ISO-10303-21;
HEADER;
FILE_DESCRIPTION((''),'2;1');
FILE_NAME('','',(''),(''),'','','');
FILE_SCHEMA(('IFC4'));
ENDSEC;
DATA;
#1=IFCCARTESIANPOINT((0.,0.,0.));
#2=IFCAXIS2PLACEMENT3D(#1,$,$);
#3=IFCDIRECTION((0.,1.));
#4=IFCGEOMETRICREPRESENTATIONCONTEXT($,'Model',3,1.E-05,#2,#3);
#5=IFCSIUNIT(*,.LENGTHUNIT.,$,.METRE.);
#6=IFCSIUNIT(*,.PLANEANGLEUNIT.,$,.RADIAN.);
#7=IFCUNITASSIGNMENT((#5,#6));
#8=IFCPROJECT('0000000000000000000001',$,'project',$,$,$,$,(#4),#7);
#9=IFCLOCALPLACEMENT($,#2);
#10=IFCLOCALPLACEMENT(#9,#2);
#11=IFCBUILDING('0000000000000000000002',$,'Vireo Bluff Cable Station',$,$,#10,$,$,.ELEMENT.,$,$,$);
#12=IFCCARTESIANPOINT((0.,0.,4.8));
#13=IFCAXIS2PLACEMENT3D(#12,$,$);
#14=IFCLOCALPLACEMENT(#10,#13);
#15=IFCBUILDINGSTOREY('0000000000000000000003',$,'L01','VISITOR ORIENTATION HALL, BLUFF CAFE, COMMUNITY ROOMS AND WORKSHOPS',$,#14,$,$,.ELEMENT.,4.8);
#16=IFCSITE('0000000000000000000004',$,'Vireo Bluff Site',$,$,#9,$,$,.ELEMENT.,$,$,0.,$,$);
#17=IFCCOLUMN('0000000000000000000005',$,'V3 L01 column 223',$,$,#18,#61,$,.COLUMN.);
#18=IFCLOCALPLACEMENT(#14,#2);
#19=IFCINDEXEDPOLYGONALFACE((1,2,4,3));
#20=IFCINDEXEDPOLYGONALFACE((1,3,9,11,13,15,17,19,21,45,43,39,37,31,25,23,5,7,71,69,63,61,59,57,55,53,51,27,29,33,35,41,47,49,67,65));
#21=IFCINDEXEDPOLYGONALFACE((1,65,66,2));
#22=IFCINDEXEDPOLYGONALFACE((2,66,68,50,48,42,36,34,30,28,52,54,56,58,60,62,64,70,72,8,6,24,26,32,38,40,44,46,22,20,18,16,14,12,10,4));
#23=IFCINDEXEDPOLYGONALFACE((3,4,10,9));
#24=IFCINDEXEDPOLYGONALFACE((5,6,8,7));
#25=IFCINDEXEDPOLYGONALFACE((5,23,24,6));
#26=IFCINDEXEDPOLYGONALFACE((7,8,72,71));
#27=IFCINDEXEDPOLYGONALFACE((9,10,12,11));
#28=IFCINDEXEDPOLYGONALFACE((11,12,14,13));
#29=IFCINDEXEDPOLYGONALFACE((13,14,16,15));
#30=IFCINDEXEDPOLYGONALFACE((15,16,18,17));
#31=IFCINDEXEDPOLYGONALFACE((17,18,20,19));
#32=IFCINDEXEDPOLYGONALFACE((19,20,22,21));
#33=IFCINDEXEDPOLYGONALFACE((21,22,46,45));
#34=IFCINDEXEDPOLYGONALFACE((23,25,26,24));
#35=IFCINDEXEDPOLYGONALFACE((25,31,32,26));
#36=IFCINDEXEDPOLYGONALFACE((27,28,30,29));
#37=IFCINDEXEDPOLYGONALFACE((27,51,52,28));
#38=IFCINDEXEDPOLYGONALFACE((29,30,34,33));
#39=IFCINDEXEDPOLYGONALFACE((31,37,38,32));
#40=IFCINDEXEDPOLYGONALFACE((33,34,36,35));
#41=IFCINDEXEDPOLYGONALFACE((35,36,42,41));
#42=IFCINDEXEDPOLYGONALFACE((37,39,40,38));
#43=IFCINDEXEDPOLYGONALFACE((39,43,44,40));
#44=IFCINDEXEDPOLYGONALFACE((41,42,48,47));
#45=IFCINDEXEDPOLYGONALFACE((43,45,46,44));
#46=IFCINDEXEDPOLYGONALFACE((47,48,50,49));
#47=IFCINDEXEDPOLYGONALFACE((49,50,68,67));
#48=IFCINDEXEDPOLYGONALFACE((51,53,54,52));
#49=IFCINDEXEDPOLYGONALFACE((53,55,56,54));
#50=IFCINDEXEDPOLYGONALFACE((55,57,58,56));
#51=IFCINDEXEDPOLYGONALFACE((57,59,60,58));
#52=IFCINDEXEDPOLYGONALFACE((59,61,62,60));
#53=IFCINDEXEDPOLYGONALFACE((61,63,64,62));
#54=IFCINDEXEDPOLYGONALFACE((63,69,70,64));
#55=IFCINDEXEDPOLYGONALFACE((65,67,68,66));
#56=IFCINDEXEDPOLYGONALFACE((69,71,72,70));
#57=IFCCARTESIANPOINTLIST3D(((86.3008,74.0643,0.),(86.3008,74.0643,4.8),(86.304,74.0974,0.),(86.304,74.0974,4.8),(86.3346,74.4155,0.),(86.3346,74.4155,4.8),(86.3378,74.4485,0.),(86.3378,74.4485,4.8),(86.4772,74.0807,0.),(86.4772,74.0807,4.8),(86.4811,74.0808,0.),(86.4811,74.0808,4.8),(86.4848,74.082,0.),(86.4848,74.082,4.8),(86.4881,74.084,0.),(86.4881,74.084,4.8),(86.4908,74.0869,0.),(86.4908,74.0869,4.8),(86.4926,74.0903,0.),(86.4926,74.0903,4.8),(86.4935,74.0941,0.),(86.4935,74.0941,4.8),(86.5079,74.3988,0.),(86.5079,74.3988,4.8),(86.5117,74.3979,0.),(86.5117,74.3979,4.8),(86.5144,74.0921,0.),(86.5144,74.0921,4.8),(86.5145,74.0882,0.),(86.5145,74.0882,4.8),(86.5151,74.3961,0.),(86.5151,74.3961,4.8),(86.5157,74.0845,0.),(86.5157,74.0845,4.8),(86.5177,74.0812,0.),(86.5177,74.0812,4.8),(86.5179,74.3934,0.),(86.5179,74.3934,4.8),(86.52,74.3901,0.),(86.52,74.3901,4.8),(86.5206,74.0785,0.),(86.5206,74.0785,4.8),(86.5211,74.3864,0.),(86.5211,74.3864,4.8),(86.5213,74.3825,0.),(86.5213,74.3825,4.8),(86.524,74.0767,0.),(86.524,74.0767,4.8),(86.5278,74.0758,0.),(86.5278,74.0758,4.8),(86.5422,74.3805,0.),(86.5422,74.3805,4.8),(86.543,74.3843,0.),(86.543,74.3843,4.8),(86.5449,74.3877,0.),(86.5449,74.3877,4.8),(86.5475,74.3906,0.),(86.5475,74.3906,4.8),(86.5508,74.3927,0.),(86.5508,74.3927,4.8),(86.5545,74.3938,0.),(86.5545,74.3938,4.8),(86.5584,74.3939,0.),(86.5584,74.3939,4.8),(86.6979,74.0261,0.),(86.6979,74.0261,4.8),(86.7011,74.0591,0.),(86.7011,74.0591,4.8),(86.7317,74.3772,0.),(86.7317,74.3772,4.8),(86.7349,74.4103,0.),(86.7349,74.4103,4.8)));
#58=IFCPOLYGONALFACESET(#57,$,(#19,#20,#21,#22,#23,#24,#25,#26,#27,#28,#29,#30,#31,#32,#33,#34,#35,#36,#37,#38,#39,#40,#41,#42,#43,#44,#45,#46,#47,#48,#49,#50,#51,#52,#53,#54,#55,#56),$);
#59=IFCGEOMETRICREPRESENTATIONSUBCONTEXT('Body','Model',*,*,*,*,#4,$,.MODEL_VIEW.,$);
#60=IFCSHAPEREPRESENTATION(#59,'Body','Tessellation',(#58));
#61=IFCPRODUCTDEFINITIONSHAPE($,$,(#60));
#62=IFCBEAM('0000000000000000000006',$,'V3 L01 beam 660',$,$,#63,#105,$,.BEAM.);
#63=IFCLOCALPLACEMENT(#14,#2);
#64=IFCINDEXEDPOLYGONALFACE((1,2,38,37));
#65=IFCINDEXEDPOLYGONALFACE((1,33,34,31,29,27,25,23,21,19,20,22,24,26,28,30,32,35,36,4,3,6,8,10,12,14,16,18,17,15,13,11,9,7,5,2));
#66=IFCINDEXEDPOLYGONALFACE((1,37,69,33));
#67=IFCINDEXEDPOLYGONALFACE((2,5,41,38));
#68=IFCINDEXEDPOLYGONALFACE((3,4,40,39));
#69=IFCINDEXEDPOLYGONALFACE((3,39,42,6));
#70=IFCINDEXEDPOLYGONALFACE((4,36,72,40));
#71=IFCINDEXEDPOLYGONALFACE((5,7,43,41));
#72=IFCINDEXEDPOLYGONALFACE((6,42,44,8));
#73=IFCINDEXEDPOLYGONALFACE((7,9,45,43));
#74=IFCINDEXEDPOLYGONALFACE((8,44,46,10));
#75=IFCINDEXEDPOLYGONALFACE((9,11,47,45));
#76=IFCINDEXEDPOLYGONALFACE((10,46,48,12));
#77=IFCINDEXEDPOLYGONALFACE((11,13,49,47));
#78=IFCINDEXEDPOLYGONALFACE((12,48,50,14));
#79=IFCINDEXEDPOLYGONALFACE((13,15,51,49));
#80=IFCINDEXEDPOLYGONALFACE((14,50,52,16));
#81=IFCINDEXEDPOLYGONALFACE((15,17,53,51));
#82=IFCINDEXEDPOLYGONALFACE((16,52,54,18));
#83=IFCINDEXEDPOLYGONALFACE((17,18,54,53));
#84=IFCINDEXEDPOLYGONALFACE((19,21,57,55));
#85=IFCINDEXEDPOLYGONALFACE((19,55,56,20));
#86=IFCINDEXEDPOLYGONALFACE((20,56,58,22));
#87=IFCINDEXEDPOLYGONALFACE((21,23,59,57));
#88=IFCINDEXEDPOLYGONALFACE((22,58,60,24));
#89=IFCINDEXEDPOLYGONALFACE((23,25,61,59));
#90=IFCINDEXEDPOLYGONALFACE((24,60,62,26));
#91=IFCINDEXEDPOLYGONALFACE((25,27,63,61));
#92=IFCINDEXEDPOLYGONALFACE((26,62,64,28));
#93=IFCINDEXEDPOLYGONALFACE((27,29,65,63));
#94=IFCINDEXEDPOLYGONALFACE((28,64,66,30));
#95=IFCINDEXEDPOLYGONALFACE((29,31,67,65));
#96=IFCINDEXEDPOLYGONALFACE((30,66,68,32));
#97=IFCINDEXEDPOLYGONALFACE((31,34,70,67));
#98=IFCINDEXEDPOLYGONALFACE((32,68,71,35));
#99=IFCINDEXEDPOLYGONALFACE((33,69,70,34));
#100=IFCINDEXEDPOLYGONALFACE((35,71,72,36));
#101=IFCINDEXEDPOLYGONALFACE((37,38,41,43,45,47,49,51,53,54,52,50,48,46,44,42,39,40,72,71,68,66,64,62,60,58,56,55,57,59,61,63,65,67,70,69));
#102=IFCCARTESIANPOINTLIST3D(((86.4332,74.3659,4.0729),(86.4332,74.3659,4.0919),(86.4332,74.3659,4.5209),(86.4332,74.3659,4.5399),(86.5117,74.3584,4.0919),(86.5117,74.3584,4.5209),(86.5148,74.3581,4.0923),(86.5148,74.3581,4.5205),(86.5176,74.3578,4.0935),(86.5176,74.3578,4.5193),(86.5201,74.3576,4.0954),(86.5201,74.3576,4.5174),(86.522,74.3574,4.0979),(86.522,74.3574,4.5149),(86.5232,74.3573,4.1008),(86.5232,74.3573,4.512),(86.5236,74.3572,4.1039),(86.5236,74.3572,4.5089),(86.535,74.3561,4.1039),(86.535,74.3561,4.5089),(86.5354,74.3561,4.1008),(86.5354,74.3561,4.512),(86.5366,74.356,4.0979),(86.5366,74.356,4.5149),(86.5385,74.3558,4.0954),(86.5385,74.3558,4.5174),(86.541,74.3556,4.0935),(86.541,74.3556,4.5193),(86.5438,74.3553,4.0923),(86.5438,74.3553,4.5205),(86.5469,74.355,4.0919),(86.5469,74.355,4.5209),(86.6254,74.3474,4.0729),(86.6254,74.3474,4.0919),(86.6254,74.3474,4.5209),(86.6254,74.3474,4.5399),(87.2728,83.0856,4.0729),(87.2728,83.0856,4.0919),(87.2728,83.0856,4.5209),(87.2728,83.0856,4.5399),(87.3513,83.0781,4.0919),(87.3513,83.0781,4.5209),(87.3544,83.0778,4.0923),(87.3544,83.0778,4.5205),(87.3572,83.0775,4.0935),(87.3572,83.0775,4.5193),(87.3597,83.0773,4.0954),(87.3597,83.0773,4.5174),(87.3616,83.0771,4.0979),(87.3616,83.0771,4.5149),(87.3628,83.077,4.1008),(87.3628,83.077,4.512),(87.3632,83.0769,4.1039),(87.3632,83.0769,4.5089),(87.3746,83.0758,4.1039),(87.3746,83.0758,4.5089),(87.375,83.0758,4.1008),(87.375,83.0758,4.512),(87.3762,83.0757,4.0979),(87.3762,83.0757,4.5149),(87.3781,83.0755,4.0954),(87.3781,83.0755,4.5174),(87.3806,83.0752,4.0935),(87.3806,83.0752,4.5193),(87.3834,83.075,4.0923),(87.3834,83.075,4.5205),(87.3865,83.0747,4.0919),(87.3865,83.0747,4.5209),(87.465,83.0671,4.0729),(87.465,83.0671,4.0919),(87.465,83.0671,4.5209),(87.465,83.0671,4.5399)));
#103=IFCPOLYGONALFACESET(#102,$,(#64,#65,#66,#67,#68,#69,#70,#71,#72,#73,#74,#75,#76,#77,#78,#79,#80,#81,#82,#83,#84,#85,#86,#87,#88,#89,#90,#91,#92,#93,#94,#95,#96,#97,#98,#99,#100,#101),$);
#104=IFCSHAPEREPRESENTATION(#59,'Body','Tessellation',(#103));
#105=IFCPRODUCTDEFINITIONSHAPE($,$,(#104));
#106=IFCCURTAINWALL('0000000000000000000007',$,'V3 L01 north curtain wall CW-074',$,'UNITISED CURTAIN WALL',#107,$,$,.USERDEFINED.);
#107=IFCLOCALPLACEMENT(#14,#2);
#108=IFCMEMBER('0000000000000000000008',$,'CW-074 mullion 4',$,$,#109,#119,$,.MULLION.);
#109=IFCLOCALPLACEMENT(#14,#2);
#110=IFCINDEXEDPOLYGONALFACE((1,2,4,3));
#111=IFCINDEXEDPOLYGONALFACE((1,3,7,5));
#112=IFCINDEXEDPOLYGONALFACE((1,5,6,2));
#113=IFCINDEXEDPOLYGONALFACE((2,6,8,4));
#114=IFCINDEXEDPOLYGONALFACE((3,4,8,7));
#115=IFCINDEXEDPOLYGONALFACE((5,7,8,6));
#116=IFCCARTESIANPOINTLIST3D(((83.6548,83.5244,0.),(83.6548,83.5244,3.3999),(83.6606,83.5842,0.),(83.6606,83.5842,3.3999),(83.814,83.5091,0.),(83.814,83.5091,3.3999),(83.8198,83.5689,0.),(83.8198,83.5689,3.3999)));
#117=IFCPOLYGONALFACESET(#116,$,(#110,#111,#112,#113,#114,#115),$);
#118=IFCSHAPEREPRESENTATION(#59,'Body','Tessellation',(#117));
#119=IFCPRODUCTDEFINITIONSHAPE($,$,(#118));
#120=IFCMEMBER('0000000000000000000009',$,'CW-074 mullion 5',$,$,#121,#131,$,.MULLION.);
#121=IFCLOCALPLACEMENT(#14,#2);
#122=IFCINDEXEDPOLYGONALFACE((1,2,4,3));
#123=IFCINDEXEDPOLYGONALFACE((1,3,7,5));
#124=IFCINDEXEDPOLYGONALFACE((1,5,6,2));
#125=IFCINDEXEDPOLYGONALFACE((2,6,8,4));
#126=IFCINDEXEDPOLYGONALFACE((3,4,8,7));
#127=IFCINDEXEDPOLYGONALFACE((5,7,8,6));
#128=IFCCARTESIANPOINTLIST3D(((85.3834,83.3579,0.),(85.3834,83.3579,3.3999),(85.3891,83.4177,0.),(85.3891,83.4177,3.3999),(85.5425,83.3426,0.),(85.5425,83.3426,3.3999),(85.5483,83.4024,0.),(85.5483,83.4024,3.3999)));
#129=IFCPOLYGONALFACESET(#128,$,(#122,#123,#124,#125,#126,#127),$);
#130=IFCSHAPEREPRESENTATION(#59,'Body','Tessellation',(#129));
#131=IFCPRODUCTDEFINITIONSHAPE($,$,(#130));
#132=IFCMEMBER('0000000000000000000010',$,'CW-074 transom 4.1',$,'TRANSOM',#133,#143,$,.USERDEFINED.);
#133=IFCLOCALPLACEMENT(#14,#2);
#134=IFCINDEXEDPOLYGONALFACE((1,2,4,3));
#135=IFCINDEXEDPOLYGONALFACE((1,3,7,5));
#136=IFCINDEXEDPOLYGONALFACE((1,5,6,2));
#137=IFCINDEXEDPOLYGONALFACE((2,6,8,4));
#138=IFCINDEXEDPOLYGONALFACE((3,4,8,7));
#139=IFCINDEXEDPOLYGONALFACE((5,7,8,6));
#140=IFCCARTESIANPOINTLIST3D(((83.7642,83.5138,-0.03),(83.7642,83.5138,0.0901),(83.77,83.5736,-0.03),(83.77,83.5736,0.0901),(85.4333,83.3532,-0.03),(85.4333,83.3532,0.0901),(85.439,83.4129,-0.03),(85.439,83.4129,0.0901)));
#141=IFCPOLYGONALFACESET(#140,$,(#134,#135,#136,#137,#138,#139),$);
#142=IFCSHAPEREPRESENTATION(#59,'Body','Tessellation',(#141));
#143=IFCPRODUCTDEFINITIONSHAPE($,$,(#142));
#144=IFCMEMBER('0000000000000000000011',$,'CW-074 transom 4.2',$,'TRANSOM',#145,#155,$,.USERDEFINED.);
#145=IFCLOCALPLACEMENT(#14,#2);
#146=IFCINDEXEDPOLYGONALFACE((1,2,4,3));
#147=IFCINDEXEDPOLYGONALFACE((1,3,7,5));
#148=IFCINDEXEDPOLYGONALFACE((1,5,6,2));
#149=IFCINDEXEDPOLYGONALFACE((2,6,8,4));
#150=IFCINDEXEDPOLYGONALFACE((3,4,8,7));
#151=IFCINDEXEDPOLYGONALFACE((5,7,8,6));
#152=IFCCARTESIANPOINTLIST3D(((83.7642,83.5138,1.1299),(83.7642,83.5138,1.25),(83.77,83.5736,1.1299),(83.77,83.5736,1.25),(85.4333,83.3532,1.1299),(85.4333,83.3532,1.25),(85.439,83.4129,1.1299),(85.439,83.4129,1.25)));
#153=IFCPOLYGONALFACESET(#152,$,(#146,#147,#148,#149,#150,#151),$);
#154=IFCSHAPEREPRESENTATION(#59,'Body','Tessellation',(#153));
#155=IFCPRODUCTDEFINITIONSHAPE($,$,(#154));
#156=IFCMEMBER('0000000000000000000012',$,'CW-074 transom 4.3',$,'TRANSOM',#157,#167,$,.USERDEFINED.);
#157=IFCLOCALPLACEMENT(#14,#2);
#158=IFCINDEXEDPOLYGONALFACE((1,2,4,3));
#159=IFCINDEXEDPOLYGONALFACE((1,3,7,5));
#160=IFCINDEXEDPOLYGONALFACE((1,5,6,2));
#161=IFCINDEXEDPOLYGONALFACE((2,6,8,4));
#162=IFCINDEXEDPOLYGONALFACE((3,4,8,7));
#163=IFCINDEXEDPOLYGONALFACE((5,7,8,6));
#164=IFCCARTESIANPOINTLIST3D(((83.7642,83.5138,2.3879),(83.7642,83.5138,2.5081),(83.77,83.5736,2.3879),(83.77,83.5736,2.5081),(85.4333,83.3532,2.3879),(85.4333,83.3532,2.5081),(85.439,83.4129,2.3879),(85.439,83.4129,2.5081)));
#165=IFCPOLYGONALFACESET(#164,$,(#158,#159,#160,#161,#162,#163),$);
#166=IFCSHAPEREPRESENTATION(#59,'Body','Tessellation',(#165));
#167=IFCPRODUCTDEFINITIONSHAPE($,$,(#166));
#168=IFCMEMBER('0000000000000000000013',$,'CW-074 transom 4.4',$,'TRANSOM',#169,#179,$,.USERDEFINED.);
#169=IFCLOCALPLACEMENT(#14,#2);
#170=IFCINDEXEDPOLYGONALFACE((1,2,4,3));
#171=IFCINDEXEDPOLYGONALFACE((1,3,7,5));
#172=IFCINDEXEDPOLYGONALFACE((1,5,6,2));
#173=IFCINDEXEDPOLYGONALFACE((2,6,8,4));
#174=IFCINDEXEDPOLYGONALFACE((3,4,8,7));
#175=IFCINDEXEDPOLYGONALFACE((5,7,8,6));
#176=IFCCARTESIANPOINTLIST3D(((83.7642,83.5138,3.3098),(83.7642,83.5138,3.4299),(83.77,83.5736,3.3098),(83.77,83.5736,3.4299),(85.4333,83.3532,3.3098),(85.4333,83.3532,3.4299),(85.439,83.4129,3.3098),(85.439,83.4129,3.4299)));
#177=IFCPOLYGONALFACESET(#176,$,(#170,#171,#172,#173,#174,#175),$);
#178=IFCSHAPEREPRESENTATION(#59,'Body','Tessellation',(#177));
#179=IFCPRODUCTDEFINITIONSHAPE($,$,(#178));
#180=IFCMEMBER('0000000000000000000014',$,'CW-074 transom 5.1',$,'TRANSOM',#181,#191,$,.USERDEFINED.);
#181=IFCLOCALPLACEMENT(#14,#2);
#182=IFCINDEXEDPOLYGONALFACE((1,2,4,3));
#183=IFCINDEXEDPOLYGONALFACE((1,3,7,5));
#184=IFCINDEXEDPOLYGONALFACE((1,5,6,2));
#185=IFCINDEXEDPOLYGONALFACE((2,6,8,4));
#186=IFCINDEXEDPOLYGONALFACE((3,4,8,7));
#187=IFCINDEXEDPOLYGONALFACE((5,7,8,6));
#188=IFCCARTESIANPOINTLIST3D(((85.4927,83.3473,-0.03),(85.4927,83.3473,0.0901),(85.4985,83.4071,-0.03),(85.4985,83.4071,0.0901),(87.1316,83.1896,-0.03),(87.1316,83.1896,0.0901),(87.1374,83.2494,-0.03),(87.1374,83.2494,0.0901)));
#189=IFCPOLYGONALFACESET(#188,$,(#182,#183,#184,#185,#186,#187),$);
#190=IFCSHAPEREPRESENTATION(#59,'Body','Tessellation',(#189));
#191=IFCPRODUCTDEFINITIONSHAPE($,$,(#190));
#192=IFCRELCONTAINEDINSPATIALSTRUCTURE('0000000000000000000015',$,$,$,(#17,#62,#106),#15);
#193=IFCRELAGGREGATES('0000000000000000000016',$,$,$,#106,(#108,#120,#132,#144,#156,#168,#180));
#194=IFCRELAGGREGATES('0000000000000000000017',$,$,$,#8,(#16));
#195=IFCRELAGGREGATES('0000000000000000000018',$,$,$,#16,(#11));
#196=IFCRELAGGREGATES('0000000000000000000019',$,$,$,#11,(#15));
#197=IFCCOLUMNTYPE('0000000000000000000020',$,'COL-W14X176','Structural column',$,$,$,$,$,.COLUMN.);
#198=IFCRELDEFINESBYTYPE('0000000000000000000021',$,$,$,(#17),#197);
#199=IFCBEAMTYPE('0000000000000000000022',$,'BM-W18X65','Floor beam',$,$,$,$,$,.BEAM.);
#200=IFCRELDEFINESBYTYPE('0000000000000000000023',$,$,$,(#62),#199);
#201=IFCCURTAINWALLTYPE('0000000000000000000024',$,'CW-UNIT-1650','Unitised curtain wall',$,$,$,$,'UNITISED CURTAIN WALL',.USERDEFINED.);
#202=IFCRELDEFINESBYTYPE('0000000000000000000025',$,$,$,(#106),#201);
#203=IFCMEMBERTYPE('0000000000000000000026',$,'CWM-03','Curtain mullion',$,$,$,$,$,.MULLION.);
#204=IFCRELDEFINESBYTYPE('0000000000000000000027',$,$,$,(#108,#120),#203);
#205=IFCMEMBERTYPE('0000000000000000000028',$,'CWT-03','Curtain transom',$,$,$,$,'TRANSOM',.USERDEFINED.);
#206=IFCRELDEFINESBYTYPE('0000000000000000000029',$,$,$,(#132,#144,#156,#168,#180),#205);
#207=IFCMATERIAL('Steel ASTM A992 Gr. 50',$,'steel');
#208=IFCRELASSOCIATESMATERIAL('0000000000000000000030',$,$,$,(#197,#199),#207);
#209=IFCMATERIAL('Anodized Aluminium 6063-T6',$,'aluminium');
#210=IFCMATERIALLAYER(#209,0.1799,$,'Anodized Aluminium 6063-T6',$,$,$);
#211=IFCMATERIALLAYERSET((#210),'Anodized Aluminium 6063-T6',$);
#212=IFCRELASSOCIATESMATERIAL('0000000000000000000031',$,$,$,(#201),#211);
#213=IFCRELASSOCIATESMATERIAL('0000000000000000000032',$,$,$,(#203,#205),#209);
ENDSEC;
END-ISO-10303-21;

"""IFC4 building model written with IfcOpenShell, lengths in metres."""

from ifc_helpers import new_model, si_unit, direction, frame, origin, origin_2d, place, context, subcontext, project, spatial, rectangle, i_section, extrude, material, layer, layer_set, material_profile, profile_set, type_object, element, aggregate, save


model = new_model("IFC4")

# Units and contexts
model_context = context("Model", 3, precision=1e-05, world=origin(), true_north=direction((0.0, 1.0)))
body_context = subcontext(model_context, "Body", "Model", "MODEL_VIEW")
ifc_project = project(units=[si_unit("LENGTHUNIT", "METRE"), si_unit("PLANEANGLEUNIT", "RADIAN")], contexts=[model_context])

# Site, building, storey
site_placement = place(None, origin())
site = spatial("IfcSite", under=ifc_project, at=site_placement, Name="Vireo Bluff Site", CompositionType="ELEMENT", RefElevation=0.0)
building_placement = place(site_placement, origin())
building = spatial("IfcBuilding", under=site, at=building_placement, Name="Vireo Bluff Cable Station", CompositionType="ELEMENT")
storey_placement = place(building_placement, frame((0.0, 0.0, 4.8)))
storey = spatial("IfcBuildingStorey", under=building, at=storey_placement, Name="L01", Description="VISITOR ORIENTATION HALL, BLUFF CAFE, COMMUNITY ROOMS AND WORKSHOPS", CompositionType="ELEMENT", Elevation=4.8)

# Column
ifc_material_1 = material(Name="Steel ASTM A992 Gr. 50", Category="steel")
ifc_material_profile_1 = material_profile(ifc_material_1, i_section(OverallWidth=0.3989, OverallDepth=0.386, WebThickness=0.021, FlangeThickness=0.0332, FilletRadius=0.0149, at=origin_2d()), Name="W14X176")
ifc_profile_set_1 = profile_set([ifc_material_profile_1], Name="Steel ASTM A992 Gr. 50")
column_type = type_object("IfcColumnType", Name="COL-W14X176", Description="Structural column", PredefinedType="COLUMN", material=ifc_profile_set_1)
column_placement = place(storey_placement, frame((86.5178, 74.2373, 0.0), z_axis=(0.0, 0.0, 1.0), x_axis=(0.995396, -0.095846, 0.0)))
element("IfcColumn", 1, at=column_placement, inside=storey, type_object=column_type, Name="V3 L01 column 223", PredefinedType="COLUMN", context=body_context, shape_type="SweptSolid", body=[
    extrude(i_section(OverallWidth=0.3989, OverallDepth=0.386, WebThickness=0.021, FlangeThickness=0.0332, FilletRadius=0.0149, at=origin_2d()), origin(), (0.0, 0.0, 1.0), 4.8),
])

# Beam
ifc_material_profile_2 = material_profile(ifc_material_1, i_section(OverallWidth=0.1931, OverallDepth=0.467, WebThickness=0.0115, FlangeThickness=0.019, FilletRadius=0.012, at=origin_2d()), Name="W18X65")
ifc_profile_set_2 = profile_set([ifc_material_profile_2], Name="Steel ASTM A992 Gr. 50")
beam_type = type_object("IfcBeamType", Name="BM-W18X65", Description="Floor beam", PredefinedType="BEAM", material=ifc_profile_set_2)
beam_placement = place(storey_placement, frame((86.5293, 74.3567, 4.3064), z_axis=(0.095844, 0.995396, 0.0), x_axis=(-0.995396, 0.095844, 0.0)))
element("IfcBeam", 2, at=beam_placement, inside=storey, type_object=beam_type, Name="V3 L01 beam 660", PredefinedType="BEAM", context=body_context, shape_type="SweptSolid", body=[
    extrude(i_section(OverallWidth=0.1931, OverallDepth=0.467, WebThickness=0.0115, FlangeThickness=0.019, FilletRadius=0.012, at=origin_2d()), origin(), (0.0, 0.0, 1.0), 8.76),
])

# Curtain wall, members
ifc_material_2 = material(Name="Anodized Aluminium 6063-T6", Category="aluminium")
ifc_layer_1 = layer(ifc_material_2, 0.1799, Name="Anodized Aluminium 6063-T6")
ifc_layer_set_1 = layer_set([ifc_layer_1], Name="Anodized Aluminium 6063-T6")
curtain_wall_type = type_object("IfcCurtainWallType", Name="CW-UNIT-1650", Description="Unitised curtain wall", ElementType="UNITISED CURTAIN WALL", PredefinedType="USERDEFINED", material=ifc_layer_set_1)
curtain_wall_placement = place(storey_placement, origin())
curtain_wall = element("IfcCurtainWall", 3, at=curtain_wall_placement, inside=storey, type_object=curtain_wall_type, Name="V3 L01 north curtain wall CW-074", ObjectType="UNITISED CURTAIN WALL", PredefinedType="USERDEFINED")
ifc_material_profile_3 = material_profile(ifc_material_2, rectangle(XDim=0.0601, YDim=0.1599, at=origin_2d()), Name="ALU-M-60X160")
ifc_profile_set_3 = profile_set([ifc_material_profile_3], Name="Anodized Aluminium 6063-T6")
member_type_1 = type_object("IfcMemberType", Name="CWM-03", Description="Curtain mullion", PredefinedType="MULLION", material=ifc_profile_set_3)
member_1_placement = place(storey_placement, frame((83.7373, 83.5466, 0.0), z_axis=(0.0, 0.0, 1.0), x_axis=(0.095846, 0.995396, 0.0)))
member_1 = element("IfcMember", 4, at=member_1_placement, type_object=member_type_1, Name="CW-074 mullion 4", PredefinedType="MULLION", context=body_context, shape_type="SweptSolid", body=[
    extrude(rectangle(XDim=0.0601, YDim=0.1599, at=origin_2d()), origin(), (0.0, 0.0, 1.0), 3.3999),
])
member_2_placement = place(storey_placement, frame((85.4658, 83.3801, 0.0), z_axis=(0.0, 0.0, 1.0), x_axis=(0.095846, 0.995396, 0.0)))
member_2 = element("IfcMember", 5, at=member_2_placement, type_object=member_type_1, Name="CW-074 mullion 5", PredefinedType="MULLION", context=body_context, shape_type="SweptSolid", body=[
    extrude(rectangle(XDim=0.0601, YDim=0.1599, at=origin_2d()), origin(), (0.0, 0.0, 1.0), 3.3999),
])
ifc_material_profile_4 = material_profile(ifc_material_2, rectangle(XDim=0.0601, YDim=0.1201, at=origin_2d()), Name="ALU-T-60X120")
ifc_profile_set_4 = profile_set([ifc_material_profile_4], Name="Anodized Aluminium 6063-T6")
member_type_2 = type_object("IfcMemberType", Name="CWT-03", Description="Curtain transom", ElementType="TRANSOM", PredefinedType="USERDEFINED", material=ifc_profile_set_4)
member_3_placement = place(storey_placement, frame((83.7671, 83.5437, 0.03), z_axis=(0.995399, -0.095812, 0.0), x_axis=(0.095812, 0.995399, 0.0)))
member_3 = element("IfcMember", 6, at=member_3_placement, type_object=member_type_2, Name="CW-074 transom 4.1", ObjectType="TRANSOM", PredefinedType="USERDEFINED", context=body_context, shape_type="SweptSolid", body=[
    extrude(rectangle(XDim=0.0601, YDim=0.1201, at=origin_2d()), origin(), (0.0, 0.0, 1.0), 1.6768),
])
member_4_placement = place(storey_placement, frame((83.7671, 83.5437, 1.1899), z_axis=(0.995399, -0.095812, 0.0), x_axis=(0.095812, 0.995399, 0.0)))
member_4 = element("IfcMember", 7, at=member_4_placement, type_object=member_type_2, Name="CW-074 transom 4.2", ObjectType="TRANSOM", PredefinedType="USERDEFINED", context=body_context, shape_type="SweptSolid", body=[
    extrude(rectangle(XDim=0.0601, YDim=0.1201, at=origin_2d()), origin(), (0.0, 0.0, 1.0), 1.6768),
])
member_5_placement = place(storey_placement, frame((83.7671, 83.5437, 2.448), z_axis=(0.995399, -0.095812, 0.0), x_axis=(0.095812, 0.995399, 0.0)))
member_5 = element("IfcMember", 8, at=member_5_placement, type_object=member_type_2, Name="CW-074 transom 4.3", ObjectType="TRANSOM", PredefinedType="USERDEFINED", context=body_context, shape_type="SweptSolid", body=[
    extrude(rectangle(XDim=0.0601, YDim=0.1201, at=origin_2d()), origin(), (0.0, 0.0, 1.0), 1.6768),
])
member_6_placement = place(storey_placement, frame((83.7671, 83.5437, 3.3699), z_axis=(0.995399, -0.095812, 0.0), x_axis=(0.095812, 0.995399, 0.0)))
member_6 = element("IfcMember", 9, at=member_6_placement, type_object=member_type_2, Name="CW-074 transom 4.4", ObjectType="TRANSOM", PredefinedType="USERDEFINED", context=body_context, shape_type="SweptSolid", body=[
    extrude(rectangle(XDim=0.0601, YDim=0.1201, at=origin_2d()), origin(), (0.0, 0.0, 1.0), 1.6768),
])
member_7_placement = place(storey_placement, frame((85.4956, 83.3772, 0.03), z_axis=(0.995402, -0.095789, 0.0), x_axis=(0.095789, 0.995402, 0.0)))
member_7 = element("IfcMember", 10, at=member_7_placement, type_object=member_type_2, Name="CW-074 transom 5.1", ObjectType="TRANSOM", PredefinedType="USERDEFINED", context=body_context, shape_type="SweptSolid", body=[
    extrude(rectangle(XDim=0.0601, YDim=0.1201, at=origin_2d()), origin(), (0.0, 0.0, 1.0), 1.6465),
])
aggregate(curtain_wall, [member_1, member_2, member_3, member_4, member_5, member_6, member_7])

save(model, "model.ifc")
